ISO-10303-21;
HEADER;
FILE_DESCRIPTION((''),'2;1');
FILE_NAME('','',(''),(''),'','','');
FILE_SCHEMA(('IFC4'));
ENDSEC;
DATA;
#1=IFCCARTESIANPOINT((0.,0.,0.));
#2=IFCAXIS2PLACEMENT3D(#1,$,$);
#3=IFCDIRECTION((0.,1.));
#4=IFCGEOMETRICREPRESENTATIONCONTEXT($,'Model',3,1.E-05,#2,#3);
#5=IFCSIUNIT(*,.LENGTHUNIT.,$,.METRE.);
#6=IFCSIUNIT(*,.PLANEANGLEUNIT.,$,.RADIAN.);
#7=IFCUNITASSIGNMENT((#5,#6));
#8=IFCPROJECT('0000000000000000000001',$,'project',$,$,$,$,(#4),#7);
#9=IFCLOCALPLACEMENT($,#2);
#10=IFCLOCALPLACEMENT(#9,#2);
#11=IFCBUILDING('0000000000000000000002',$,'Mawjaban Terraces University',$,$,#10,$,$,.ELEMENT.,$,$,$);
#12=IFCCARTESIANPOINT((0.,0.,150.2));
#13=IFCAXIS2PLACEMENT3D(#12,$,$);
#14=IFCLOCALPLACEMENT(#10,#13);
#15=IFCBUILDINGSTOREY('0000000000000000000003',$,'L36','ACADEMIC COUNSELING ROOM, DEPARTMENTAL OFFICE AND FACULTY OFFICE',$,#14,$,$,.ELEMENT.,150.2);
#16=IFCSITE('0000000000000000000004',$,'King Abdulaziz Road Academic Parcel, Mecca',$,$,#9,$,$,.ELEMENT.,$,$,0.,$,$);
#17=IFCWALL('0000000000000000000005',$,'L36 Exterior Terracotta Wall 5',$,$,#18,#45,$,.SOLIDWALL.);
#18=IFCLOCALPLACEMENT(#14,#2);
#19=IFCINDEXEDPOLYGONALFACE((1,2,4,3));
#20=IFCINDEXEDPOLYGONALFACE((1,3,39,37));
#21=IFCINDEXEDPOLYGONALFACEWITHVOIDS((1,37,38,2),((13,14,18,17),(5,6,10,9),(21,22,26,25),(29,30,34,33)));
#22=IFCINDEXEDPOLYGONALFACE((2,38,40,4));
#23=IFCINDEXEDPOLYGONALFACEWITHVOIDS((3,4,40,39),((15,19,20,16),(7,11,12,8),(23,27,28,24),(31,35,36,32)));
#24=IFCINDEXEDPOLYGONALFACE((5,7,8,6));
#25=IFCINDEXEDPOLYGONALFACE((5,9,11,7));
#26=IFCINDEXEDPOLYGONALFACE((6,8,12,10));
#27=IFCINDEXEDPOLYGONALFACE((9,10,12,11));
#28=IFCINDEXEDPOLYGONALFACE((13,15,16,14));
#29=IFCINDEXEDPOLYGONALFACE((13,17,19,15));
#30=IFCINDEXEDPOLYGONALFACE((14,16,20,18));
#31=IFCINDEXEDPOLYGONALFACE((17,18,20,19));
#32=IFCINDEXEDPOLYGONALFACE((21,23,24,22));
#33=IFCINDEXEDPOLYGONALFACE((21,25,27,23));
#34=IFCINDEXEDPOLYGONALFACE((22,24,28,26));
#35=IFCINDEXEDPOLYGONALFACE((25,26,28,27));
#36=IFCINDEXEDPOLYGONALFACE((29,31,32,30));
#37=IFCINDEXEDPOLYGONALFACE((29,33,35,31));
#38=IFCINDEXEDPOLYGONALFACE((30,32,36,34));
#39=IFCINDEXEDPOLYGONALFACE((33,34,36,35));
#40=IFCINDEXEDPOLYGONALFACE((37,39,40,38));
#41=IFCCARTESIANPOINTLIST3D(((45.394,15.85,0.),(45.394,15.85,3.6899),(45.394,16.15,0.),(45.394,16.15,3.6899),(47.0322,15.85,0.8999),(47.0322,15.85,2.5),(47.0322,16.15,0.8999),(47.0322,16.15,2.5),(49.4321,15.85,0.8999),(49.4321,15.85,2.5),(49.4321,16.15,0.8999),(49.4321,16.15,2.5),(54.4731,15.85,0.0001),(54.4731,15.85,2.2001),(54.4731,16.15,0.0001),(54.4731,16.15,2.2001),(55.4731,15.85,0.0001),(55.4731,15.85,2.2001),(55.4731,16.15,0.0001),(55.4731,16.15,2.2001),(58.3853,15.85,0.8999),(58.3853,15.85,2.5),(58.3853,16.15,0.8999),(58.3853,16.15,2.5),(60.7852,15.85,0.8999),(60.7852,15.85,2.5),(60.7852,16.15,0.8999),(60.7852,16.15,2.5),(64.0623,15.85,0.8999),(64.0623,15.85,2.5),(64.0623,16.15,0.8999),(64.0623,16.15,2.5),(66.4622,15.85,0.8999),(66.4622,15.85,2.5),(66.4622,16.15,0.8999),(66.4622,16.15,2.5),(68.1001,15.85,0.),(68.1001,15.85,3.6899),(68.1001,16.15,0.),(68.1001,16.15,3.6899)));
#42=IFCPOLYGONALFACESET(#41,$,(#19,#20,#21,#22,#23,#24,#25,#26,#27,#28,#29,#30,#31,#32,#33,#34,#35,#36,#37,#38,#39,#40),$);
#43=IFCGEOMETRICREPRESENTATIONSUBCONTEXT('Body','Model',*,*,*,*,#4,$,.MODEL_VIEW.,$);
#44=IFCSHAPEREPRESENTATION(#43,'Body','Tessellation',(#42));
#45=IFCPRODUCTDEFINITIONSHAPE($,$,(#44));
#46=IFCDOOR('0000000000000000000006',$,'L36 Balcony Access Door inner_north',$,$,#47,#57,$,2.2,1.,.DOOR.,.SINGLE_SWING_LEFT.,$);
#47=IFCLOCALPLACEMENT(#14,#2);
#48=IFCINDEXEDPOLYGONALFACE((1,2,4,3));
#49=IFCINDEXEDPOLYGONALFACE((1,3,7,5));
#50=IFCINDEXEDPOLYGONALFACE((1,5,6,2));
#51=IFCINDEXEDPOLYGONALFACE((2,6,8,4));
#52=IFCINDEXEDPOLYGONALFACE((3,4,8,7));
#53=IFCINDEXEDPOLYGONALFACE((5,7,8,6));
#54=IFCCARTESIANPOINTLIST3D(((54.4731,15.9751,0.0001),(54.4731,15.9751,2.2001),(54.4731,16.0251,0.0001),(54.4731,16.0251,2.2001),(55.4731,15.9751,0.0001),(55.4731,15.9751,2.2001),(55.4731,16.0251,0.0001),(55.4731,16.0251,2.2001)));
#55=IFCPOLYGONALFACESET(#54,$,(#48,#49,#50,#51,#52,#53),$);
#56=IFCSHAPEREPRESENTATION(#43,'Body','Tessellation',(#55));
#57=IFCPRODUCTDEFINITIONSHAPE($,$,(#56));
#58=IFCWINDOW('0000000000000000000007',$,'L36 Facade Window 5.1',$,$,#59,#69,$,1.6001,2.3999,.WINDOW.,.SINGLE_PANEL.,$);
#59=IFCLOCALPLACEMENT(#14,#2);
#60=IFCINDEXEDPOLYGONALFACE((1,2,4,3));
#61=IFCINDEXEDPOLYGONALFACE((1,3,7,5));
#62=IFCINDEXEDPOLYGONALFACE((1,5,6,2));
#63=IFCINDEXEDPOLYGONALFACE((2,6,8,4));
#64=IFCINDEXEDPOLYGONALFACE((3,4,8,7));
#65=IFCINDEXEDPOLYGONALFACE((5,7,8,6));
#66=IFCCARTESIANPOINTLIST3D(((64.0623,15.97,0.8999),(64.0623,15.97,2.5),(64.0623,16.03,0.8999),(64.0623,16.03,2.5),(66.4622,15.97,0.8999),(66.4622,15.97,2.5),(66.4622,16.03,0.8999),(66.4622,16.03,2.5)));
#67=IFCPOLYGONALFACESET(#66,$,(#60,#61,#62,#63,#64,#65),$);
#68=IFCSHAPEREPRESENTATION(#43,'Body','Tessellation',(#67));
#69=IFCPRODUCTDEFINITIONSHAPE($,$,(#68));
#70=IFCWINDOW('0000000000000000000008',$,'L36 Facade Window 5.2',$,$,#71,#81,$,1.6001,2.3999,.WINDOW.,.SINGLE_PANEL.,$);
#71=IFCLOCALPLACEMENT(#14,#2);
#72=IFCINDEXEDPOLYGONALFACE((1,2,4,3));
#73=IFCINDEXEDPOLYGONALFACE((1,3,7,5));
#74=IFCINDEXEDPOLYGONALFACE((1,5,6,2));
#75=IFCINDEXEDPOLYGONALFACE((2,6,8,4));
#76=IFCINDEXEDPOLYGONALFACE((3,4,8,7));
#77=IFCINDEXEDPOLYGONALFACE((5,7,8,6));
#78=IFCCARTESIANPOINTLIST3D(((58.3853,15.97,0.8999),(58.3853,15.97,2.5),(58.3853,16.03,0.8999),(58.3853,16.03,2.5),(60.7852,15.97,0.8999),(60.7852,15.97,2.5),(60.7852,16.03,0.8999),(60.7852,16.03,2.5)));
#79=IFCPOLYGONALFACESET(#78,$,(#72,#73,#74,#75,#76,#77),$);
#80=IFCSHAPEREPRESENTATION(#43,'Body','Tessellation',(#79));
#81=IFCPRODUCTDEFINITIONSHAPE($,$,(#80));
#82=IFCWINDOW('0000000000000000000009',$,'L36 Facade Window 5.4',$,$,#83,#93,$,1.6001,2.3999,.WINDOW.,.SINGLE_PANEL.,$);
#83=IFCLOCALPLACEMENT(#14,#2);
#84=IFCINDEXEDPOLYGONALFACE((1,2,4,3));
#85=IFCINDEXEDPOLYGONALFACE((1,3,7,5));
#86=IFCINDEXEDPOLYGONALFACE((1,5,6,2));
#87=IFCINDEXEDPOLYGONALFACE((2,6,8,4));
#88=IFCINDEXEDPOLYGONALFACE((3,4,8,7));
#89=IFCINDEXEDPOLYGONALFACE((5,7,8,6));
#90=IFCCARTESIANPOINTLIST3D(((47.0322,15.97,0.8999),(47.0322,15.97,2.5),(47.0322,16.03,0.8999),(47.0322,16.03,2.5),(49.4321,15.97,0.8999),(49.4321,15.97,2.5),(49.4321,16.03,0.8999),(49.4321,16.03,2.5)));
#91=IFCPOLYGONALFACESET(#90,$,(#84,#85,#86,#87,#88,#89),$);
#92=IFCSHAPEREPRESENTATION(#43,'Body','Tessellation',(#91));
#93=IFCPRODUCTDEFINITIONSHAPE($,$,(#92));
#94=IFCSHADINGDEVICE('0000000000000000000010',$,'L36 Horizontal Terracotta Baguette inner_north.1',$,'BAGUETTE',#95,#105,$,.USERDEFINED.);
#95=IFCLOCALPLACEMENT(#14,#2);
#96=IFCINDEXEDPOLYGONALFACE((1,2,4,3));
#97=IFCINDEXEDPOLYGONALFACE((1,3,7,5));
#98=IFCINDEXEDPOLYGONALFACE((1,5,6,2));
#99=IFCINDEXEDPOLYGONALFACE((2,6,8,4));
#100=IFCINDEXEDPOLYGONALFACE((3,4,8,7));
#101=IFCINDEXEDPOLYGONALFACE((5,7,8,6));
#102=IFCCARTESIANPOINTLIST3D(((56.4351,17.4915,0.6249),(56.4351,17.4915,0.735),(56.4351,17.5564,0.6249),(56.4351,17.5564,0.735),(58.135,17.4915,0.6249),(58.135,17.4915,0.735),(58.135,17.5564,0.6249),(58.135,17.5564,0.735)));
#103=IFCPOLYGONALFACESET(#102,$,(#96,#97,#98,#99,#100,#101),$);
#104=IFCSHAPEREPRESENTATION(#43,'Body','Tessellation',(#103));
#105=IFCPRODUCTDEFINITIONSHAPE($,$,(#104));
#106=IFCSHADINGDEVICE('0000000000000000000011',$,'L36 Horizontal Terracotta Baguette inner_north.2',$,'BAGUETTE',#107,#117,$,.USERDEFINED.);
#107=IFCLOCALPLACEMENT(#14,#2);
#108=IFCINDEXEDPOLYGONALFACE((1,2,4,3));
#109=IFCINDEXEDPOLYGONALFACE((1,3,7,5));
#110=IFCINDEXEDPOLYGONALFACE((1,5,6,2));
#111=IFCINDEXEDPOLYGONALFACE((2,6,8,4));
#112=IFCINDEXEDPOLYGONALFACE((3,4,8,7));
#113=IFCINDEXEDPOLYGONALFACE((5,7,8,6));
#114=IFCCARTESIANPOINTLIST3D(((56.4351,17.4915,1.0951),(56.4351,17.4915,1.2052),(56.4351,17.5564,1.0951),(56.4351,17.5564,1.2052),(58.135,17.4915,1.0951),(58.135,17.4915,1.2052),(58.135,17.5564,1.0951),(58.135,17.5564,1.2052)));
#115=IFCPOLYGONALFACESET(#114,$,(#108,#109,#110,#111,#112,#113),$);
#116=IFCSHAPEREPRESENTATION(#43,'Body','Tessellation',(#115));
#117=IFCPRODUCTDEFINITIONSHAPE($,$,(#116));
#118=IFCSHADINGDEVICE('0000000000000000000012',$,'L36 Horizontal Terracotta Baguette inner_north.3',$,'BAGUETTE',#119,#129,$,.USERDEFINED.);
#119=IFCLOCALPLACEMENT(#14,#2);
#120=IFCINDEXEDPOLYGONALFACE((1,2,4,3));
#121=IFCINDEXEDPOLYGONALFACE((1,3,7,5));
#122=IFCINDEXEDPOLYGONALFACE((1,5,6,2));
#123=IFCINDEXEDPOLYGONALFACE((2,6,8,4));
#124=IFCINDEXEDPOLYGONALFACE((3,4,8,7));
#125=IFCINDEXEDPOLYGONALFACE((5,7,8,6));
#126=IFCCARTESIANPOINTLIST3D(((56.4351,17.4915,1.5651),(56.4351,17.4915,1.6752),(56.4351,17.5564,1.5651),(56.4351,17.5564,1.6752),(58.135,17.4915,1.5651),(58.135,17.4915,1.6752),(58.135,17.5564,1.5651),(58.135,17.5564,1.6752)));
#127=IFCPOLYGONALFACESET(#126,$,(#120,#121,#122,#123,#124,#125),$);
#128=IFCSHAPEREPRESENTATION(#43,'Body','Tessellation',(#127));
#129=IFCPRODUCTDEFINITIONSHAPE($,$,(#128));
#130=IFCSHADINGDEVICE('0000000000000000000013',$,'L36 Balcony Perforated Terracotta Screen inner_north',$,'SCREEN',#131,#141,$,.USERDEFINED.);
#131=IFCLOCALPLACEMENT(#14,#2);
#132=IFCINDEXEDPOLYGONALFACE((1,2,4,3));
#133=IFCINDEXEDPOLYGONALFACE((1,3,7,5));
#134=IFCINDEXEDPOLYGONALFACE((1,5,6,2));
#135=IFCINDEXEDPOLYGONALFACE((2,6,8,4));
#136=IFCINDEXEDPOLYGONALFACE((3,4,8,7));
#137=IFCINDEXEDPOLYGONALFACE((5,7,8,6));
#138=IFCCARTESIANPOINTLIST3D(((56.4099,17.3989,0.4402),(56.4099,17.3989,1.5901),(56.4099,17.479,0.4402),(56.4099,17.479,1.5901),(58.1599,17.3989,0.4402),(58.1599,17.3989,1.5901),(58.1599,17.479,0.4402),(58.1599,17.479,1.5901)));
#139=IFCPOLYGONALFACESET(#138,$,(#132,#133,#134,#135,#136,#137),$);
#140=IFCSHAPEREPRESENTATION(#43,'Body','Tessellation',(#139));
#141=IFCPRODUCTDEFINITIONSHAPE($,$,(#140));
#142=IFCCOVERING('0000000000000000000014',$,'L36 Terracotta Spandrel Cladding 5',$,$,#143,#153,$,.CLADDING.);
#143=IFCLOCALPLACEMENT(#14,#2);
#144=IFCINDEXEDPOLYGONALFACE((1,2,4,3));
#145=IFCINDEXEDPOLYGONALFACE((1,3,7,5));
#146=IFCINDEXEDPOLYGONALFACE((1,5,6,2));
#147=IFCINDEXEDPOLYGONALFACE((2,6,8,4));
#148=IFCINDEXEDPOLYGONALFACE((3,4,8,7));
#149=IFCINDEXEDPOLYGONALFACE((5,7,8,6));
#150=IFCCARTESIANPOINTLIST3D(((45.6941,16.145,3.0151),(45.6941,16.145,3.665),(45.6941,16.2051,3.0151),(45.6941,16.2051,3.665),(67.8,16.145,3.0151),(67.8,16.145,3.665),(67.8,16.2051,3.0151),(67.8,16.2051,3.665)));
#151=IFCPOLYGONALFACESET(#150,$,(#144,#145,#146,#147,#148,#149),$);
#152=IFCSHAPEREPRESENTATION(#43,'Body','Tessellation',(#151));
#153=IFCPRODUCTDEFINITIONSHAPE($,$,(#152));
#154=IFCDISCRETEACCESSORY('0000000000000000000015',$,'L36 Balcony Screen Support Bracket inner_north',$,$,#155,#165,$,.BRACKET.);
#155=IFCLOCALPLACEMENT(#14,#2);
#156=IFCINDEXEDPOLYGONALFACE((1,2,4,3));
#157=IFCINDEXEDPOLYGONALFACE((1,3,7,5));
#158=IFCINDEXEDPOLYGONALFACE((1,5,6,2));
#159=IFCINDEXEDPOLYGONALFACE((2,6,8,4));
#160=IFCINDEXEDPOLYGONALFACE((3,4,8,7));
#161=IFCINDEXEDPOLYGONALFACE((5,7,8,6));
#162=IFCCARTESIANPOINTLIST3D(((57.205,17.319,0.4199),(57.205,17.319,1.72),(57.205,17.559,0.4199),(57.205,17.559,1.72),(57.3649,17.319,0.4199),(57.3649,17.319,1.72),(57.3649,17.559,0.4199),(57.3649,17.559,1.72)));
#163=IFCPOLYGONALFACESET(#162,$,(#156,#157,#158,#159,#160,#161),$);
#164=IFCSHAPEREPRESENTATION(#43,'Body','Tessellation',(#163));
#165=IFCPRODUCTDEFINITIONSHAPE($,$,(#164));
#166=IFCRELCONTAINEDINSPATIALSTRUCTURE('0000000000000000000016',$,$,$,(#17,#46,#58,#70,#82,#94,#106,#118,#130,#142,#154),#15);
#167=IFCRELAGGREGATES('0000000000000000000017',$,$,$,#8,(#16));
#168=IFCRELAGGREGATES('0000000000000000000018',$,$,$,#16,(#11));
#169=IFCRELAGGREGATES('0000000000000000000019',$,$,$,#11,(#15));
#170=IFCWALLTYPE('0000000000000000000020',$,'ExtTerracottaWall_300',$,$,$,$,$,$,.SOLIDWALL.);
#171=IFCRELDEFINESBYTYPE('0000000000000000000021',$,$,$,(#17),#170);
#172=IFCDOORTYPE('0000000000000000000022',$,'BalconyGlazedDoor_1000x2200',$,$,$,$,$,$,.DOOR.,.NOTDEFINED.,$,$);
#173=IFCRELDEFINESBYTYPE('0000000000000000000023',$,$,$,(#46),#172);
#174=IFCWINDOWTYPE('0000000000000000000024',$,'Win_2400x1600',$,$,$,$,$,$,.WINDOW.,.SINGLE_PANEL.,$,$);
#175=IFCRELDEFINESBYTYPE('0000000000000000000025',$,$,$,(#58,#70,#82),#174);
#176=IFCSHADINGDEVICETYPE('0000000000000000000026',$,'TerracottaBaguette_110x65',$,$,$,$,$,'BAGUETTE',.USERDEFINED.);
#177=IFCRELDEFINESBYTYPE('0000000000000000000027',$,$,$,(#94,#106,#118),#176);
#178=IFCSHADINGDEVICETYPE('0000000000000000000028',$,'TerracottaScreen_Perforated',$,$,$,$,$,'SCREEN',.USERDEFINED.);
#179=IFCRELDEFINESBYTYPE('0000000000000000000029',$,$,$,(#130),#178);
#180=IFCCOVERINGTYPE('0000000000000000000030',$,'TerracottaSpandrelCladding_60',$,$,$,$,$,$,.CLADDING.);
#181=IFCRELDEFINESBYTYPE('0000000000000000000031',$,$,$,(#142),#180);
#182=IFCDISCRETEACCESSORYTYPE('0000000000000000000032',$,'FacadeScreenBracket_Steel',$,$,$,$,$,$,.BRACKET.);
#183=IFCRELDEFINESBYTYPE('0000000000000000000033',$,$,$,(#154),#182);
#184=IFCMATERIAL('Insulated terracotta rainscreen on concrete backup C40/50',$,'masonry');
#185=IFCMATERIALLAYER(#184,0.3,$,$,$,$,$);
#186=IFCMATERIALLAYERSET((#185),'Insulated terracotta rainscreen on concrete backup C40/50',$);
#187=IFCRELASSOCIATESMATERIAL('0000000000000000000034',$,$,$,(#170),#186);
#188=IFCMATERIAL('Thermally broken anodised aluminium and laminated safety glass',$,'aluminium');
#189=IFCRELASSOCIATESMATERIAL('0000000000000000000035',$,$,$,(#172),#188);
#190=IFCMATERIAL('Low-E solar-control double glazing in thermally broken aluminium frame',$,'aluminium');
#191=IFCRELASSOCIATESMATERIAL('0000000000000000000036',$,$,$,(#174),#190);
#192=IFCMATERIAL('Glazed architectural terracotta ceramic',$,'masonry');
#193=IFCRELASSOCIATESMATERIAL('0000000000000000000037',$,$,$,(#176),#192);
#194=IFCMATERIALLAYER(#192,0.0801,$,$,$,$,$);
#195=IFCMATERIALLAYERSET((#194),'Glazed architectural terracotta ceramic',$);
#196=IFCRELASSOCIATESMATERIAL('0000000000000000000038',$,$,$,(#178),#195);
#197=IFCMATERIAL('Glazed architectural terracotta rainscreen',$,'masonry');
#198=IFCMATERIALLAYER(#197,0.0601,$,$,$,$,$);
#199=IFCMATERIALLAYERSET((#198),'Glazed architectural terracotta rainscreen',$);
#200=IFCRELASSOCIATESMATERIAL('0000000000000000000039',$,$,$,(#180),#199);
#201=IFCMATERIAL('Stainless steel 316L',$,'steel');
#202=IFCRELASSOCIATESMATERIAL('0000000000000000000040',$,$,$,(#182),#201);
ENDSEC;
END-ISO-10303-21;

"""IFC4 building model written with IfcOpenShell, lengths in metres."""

from ifc_helpers import new_model, si_unit, direction, frame, frame_2d, origin, origin_2d, place, context, subcontext, project, spatial, rectangle, extrude, material, layer, layer_set, material_profile, profile_set, type_object, element, fill, save


model = new_model("IFC4")

# Units and contexts
model_context = context("Model", 3, precision=1e-05, world=origin(), true_north=direction((0.0, 1.0)))
body_context = subcontext(model_context, "Body", "Model", "MODEL_VIEW")
ifc_project = project(units=[si_unit("LENGTHUNIT", "METRE"), si_unit("PLANEANGLEUNIT", "RADIAN")], contexts=[model_context])

# Site, building, storey
site_placement = place(None, origin())
site = spatial("IfcSite", under=ifc_project, at=site_placement, Name="King Abdulaziz Road Academic Parcel, Mecca", CompositionType="ELEMENT", RefElevation=0.0)
building_placement = place(site_placement, origin())
building = spatial("IfcBuilding", under=site, at=building_placement, Name="Mawjaban Terraces University", CompositionType="ELEMENT")
storey_placement = place(building_placement, frame((0.0, 0.0, 150.2)))
storey = spatial("IfcBuildingStorey", under=building, at=storey_placement, Name="L36", Description="ACADEMIC COUNSELING ROOM, DEPARTMENTAL OFFICE AND FACULTY OFFICE", CompositionType="ELEMENT", Elevation=150.2)

# Wall, openings, door, windows
ifc_material_1 = material(Name="Insulated terracotta rainscreen on concrete backup C40/50", Category="masonry")
ifc_layer_1 = layer(ifc_material_1, 0.3)
ifc_layer_set_1 = layer_set([ifc_layer_1], Name="Insulated terracotta rainscreen on concrete backup C40/50")
wall_type = type_object("IfcWallType", Name="ExtTerracottaWall_300", PredefinedType="SOLIDWALL", material=ifc_layer_set_1)
wall_placement = place(storey_placement, frame((68.1001, 16.0, 0.0), z_axis=(0.0, 0.0, 1.0), x_axis=(-1.0, 0.0, 0.0)))
wall = element("IfcWall", 1, at=wall_placement, inside=storey, type_object=wall_type, Name="L36 Exterior Terracotta Wall 5", PredefinedType="SOLIDWALL", context=body_context, shape_type="SweptSolid", body=[
    extrude(rectangle(XDim=22.7061, YDim=0.3, at=frame_2d((11.353, 0.0))), origin(), (0.0, 0.0, 1.0), 3.6899),
])
opening_1_placement = place(wall_placement, frame((12.627, 0.0, 0.0)))
opening_1 = element("IfcOpeningElement", 2, at=opening_1_placement, cuts=wall, PredefinedType="OPENING", context=body_context, shape_type="SweptSolid", body=[
    extrude(rectangle(XDim=1.0, YDim=2.2, at=frame_2d((0.5, 1.1001))), frame((0.0, 0.1599, 0.0), z_axis=(0.0, -1.0, 0.0), x_axis=(1.0, 0.0, 0.0)), (0.0, 0.0, 1.0), 0.3201),
])
opening_2_placement = place(wall_placement, frame((1.6379, 0.0, 0.8999)))
opening_2 = element("IfcOpeningElement", 3, at=opening_2_placement, cuts=wall, PredefinedType="OPENING", context=body_context, shape_type="SweptSolid", body=[
    extrude(rectangle(XDim=2.3999, YDim=1.6001, at=frame_2d((1.2, 0.8))), frame((0.0, 0.1599, 0.0), z_axis=(0.0, -1.0, 0.0), x_axis=(1.0, 0.0, 0.0)), (0.0, 0.0, 1.0), 0.3201),
])
opening_3_placement = place(wall_placement, frame((7.3149, 0.0, 0.8999)))
opening_3 = element("IfcOpeningElement", 4, at=opening_3_placement, cuts=wall, PredefinedType="OPENING", context=body_context, shape_type="SweptSolid", body=[
    extrude(rectangle(XDim=2.3999, YDim=1.6001, at=frame_2d((1.2, 0.8))), frame((0.0, 0.1599, 0.0), z_axis=(0.0, -1.0, 0.0), x_axis=(1.0, 0.0, 0.0)), (0.0, 0.0, 1.0), 0.3201),
])
opening_4_placement = place(wall_placement, frame((18.668, 0.0, 0.8999)))
opening_4 = element("IfcOpeningElement", 5, at=opening_4_placement, cuts=wall, PredefinedType="OPENING", context=body_context, shape_type="SweptSolid", body=[
    extrude(rectangle(XDim=2.3999, YDim=1.6001, at=frame_2d((1.2, 0.8))), frame((0.0, 0.1599, 0.0), z_axis=(0.0, -1.0, 0.0), x_axis=(1.0, 0.0, 0.0)), (0.0, 0.0, 1.0), 0.3201),
])
ifc_material_2 = material(Name="Thermally broken anodised aluminium and laminated safety glass", Category="aluminium")
door_type = type_object("IfcDoorType", Name="BalconyGlazedDoor_1000x2200", OperationType="NOTDEFINED", PredefinedType="DOOR", material=ifc_material_2)
door_placement = place(opening_1_placement, origin())
door = element("IfcDoor", 6, at=door_placement, inside=storey, type_object=door_type, Name="L36 Balcony Access Door inner_north", OperationType="SINGLE_SWING_LEFT", OverallHeight=2.2, OverallWidth=1.0, PredefinedType="DOOR", context=body_context, shape_type="SweptSolid", body=[
    extrude(rectangle(XDim=1.0, YDim=2.2, at=frame_2d((0.5, 1.1001))), frame((0.0, 0.0249, 0.0), z_axis=(0.0, -1.0, 0.0), x_axis=(1.0, 0.0, 0.0)), (0.0, 0.0, 1.0), 0.05),
])
fill(opening_1, door)
ifc_material_3 = material(Name="Low-E solar-control double glazing in thermally broken aluminium frame", Category="aluminium")
window_type = type_object("IfcWindowType", Name="Win_2400x1600", PartitioningType="SINGLE_PANEL", PredefinedType="WINDOW", material=ifc_material_3)
window_1_placement = place(opening_2_placement, origin())
window_1 = element("IfcWindow", 7, at=window_1_placement, inside=storey, type_object=window_type, Name="L36 Facade Window 5.1", OverallHeight=1.6001, OverallWidth=2.3999, PartitioningType="SINGLE_PANEL", PredefinedType="WINDOW", context=body_context, shape_type="SweptSolid", body=[
    extrude(rectangle(XDim=2.3999, YDim=1.6001, at=frame_2d((1.2, 0.8))), frame((0.0, 0.03, 0.0), z_axis=(0.0, -1.0, 0.0), x_axis=(1.0, 0.0, 0.0)), (0.0, 0.0, 1.0), 0.0601),
])
fill(opening_2, window_1)
window_2_placement = place(opening_3_placement, origin())
window_2 = element("IfcWindow", 8, at=window_2_placement, inside=storey, type_object=window_type, Name="L36 Facade Window 5.2", OverallHeight=1.6001, OverallWidth=2.3999, PartitioningType="SINGLE_PANEL", PredefinedType="WINDOW", context=body_context, shape_type="SweptSolid", body=[
    extrude(rectangle(XDim=2.3999, YDim=1.6001, at=frame_2d((1.2, 0.8))), frame((0.0, 0.03, 0.0), z_axis=(0.0, -1.0, 0.0), x_axis=(1.0, 0.0, 0.0)), (0.0, 0.0, 1.0), 0.0601),
])
fill(opening_3, window_2)
window_3_placement = place(opening_4_placement, origin())
window_3 = element("IfcWindow", 9, at=window_3_placement, inside=storey, type_object=window_type, Name="L36 Facade Window 5.4", OverallHeight=1.6001, OverallWidth=2.3999, PartitioningType="SINGLE_PANEL", PredefinedType="WINDOW", context=body_context, shape_type="SweptSolid", body=[
    extrude(rectangle(XDim=2.3999, YDim=1.6001, at=frame_2d((1.2, 0.8))), frame((0.0, 0.03, 0.0), z_axis=(0.0, -1.0, 0.0), x_axis=(1.0, 0.0, 0.0)), (0.0, 0.0, 1.0), 0.0601),
])
fill(opening_4, window_3)

# Shading devices
ifc_material_4 = material(Name="Glazed architectural terracotta ceramic", Category="masonry")
ifc_material_profile_1 = material_profile(ifc_material_4, rectangle(XDim=0.0649, YDim=0.1101, at=origin_2d()), Name="TBAG110X65")
ifc_profile_set_1 = profile_set([ifc_material_profile_1], Name="Glazed architectural terracotta ceramic")
shading_device_type_1 = type_object("IfcShadingDeviceType", Name="TerracottaBaguette_110x65", ElementType="BAGUETTE", PredefinedType="USERDEFINED", material=ifc_profile_set_1)
for number, where, z_axis, x_axis, name in (
    (10, (56.4351, 17.5239, 0.6799), (1.0, 0.0, 0.0), (0.0, 1.0, 0.0), "L36 Horizontal Terracotta Baguette inner_north.1"),
    (11, (56.4351, 17.5239, 1.1501), (1.0, 0.0, 0.0), (0.0, 1.0, 0.0), "L36 Horizontal Terracotta Baguette inner_north.2"),
    (12, (56.4351, 17.5239, 1.6201), (1.0, 0.0, 0.0), (0.0, 1.0, 0.0), "L36 Horizontal Terracotta Baguette inner_north.3"),
):
    element("IfcShadingDevice", number, at=place(storey_placement, frame(where, z_axis=z_axis, x_axis=x_axis)), inside=storey, type_object=shading_device_type_1, Name=name, ObjectType="BAGUETTE", PredefinedType="USERDEFINED", context=body_context, shape_type="SweptSolid", body=[
        extrude(rectangle(XDim=0.0649, YDim=0.1101, at=origin_2d()), origin(), (0.0, 0.0, 1.0), 1.7),
    ])
ifc_layer_2 = layer(ifc_material_4, 0.0801)
ifc_layer_set_2 = layer_set([ifc_layer_2], Name="Glazed architectural terracotta ceramic")
shading_device_type_2 = type_object("IfcShadingDeviceType", Name="TerracottaScreen_Perforated", ElementType="SCREEN", PredefinedType="USERDEFINED", material=ifc_layer_set_2)
shading_device_placement = place(storey_placement, frame((57.2849, 17.439, 0.4402), z_axis=(0.0, 0.0, 1.0), x_axis=(1.0, 0.0, 0.0)))
element("IfcShadingDevice", 13, at=shading_device_placement, inside=storey, type_object=shading_device_type_2, Name="L36 Balcony Perforated Terracotta Screen inner_north", ObjectType="SCREEN", PredefinedType="USERDEFINED", context=body_context, shape_type="SweptSolid", body=[
    extrude(rectangle(XDim=1.75, YDim=0.0801, at=origin_2d()), origin(), (0.0, 0.0, 1.0), 1.1499),
])

# Covering
ifc_material_5 = material(Name="Glazed architectural terracotta rainscreen", Category="masonry")
ifc_layer_3 = layer(ifc_material_5, 0.0601)
ifc_layer_set_3 = layer_set([ifc_layer_3], Name="Glazed architectural terracotta rainscreen")
covering_type = type_object("IfcCoveringType", Name="TerracottaSpandrelCladding_60", PredefinedType="CLADDING", material=ifc_layer_set_3)
covering_placement = place(storey_placement, frame((56.7471, 16.175, 3.0151), z_axis=(0.0, 0.0, 1.0), x_axis=(-1.0, 0.0, 0.0)))
element("IfcCovering", 14, at=covering_placement, inside=storey, type_object=covering_type, Name="L36 Terracotta Spandrel Cladding 5", PredefinedType="CLADDING", context=body_context, shape_type="SweptSolid", body=[
    extrude(rectangle(XDim=22.106, YDim=0.0601, at=origin_2d()), origin(), (0.0, 0.0, 1.0), 0.6499),
])

# Discrete accessory
ifc_material_6 = material(Name="Stainless steel 316L", Category="steel")
discrete_accessory_type_1 = type_object("IfcDiscreteAccessoryType", Name="FacadeScreenBracket_Steel", PredefinedType="BRACKET", material=ifc_material_6)
discrete_accessory_1_placement = place(storey_placement, frame((57.2849, 17.439, 0.4199), z_axis=(0.0, 0.0, 1.0), x_axis=(1.0, 0.0, 0.0)))
element("IfcDiscreteAccessory", 15, at=discrete_accessory_1_placement, inside=storey, type_object=discrete_accessory_type_1, Name="L36 Balcony Screen Support Bracket inner_north", PredefinedType="BRACKET", context=body_context, shape_type="SweptSolid", body=[
    extrude(rectangle(XDim=0.1599, YDim=0.24, at=origin_2d()), origin(), (0.0, 0.0, 1.0), 1.3),
])

save(model, "model.ifc")
